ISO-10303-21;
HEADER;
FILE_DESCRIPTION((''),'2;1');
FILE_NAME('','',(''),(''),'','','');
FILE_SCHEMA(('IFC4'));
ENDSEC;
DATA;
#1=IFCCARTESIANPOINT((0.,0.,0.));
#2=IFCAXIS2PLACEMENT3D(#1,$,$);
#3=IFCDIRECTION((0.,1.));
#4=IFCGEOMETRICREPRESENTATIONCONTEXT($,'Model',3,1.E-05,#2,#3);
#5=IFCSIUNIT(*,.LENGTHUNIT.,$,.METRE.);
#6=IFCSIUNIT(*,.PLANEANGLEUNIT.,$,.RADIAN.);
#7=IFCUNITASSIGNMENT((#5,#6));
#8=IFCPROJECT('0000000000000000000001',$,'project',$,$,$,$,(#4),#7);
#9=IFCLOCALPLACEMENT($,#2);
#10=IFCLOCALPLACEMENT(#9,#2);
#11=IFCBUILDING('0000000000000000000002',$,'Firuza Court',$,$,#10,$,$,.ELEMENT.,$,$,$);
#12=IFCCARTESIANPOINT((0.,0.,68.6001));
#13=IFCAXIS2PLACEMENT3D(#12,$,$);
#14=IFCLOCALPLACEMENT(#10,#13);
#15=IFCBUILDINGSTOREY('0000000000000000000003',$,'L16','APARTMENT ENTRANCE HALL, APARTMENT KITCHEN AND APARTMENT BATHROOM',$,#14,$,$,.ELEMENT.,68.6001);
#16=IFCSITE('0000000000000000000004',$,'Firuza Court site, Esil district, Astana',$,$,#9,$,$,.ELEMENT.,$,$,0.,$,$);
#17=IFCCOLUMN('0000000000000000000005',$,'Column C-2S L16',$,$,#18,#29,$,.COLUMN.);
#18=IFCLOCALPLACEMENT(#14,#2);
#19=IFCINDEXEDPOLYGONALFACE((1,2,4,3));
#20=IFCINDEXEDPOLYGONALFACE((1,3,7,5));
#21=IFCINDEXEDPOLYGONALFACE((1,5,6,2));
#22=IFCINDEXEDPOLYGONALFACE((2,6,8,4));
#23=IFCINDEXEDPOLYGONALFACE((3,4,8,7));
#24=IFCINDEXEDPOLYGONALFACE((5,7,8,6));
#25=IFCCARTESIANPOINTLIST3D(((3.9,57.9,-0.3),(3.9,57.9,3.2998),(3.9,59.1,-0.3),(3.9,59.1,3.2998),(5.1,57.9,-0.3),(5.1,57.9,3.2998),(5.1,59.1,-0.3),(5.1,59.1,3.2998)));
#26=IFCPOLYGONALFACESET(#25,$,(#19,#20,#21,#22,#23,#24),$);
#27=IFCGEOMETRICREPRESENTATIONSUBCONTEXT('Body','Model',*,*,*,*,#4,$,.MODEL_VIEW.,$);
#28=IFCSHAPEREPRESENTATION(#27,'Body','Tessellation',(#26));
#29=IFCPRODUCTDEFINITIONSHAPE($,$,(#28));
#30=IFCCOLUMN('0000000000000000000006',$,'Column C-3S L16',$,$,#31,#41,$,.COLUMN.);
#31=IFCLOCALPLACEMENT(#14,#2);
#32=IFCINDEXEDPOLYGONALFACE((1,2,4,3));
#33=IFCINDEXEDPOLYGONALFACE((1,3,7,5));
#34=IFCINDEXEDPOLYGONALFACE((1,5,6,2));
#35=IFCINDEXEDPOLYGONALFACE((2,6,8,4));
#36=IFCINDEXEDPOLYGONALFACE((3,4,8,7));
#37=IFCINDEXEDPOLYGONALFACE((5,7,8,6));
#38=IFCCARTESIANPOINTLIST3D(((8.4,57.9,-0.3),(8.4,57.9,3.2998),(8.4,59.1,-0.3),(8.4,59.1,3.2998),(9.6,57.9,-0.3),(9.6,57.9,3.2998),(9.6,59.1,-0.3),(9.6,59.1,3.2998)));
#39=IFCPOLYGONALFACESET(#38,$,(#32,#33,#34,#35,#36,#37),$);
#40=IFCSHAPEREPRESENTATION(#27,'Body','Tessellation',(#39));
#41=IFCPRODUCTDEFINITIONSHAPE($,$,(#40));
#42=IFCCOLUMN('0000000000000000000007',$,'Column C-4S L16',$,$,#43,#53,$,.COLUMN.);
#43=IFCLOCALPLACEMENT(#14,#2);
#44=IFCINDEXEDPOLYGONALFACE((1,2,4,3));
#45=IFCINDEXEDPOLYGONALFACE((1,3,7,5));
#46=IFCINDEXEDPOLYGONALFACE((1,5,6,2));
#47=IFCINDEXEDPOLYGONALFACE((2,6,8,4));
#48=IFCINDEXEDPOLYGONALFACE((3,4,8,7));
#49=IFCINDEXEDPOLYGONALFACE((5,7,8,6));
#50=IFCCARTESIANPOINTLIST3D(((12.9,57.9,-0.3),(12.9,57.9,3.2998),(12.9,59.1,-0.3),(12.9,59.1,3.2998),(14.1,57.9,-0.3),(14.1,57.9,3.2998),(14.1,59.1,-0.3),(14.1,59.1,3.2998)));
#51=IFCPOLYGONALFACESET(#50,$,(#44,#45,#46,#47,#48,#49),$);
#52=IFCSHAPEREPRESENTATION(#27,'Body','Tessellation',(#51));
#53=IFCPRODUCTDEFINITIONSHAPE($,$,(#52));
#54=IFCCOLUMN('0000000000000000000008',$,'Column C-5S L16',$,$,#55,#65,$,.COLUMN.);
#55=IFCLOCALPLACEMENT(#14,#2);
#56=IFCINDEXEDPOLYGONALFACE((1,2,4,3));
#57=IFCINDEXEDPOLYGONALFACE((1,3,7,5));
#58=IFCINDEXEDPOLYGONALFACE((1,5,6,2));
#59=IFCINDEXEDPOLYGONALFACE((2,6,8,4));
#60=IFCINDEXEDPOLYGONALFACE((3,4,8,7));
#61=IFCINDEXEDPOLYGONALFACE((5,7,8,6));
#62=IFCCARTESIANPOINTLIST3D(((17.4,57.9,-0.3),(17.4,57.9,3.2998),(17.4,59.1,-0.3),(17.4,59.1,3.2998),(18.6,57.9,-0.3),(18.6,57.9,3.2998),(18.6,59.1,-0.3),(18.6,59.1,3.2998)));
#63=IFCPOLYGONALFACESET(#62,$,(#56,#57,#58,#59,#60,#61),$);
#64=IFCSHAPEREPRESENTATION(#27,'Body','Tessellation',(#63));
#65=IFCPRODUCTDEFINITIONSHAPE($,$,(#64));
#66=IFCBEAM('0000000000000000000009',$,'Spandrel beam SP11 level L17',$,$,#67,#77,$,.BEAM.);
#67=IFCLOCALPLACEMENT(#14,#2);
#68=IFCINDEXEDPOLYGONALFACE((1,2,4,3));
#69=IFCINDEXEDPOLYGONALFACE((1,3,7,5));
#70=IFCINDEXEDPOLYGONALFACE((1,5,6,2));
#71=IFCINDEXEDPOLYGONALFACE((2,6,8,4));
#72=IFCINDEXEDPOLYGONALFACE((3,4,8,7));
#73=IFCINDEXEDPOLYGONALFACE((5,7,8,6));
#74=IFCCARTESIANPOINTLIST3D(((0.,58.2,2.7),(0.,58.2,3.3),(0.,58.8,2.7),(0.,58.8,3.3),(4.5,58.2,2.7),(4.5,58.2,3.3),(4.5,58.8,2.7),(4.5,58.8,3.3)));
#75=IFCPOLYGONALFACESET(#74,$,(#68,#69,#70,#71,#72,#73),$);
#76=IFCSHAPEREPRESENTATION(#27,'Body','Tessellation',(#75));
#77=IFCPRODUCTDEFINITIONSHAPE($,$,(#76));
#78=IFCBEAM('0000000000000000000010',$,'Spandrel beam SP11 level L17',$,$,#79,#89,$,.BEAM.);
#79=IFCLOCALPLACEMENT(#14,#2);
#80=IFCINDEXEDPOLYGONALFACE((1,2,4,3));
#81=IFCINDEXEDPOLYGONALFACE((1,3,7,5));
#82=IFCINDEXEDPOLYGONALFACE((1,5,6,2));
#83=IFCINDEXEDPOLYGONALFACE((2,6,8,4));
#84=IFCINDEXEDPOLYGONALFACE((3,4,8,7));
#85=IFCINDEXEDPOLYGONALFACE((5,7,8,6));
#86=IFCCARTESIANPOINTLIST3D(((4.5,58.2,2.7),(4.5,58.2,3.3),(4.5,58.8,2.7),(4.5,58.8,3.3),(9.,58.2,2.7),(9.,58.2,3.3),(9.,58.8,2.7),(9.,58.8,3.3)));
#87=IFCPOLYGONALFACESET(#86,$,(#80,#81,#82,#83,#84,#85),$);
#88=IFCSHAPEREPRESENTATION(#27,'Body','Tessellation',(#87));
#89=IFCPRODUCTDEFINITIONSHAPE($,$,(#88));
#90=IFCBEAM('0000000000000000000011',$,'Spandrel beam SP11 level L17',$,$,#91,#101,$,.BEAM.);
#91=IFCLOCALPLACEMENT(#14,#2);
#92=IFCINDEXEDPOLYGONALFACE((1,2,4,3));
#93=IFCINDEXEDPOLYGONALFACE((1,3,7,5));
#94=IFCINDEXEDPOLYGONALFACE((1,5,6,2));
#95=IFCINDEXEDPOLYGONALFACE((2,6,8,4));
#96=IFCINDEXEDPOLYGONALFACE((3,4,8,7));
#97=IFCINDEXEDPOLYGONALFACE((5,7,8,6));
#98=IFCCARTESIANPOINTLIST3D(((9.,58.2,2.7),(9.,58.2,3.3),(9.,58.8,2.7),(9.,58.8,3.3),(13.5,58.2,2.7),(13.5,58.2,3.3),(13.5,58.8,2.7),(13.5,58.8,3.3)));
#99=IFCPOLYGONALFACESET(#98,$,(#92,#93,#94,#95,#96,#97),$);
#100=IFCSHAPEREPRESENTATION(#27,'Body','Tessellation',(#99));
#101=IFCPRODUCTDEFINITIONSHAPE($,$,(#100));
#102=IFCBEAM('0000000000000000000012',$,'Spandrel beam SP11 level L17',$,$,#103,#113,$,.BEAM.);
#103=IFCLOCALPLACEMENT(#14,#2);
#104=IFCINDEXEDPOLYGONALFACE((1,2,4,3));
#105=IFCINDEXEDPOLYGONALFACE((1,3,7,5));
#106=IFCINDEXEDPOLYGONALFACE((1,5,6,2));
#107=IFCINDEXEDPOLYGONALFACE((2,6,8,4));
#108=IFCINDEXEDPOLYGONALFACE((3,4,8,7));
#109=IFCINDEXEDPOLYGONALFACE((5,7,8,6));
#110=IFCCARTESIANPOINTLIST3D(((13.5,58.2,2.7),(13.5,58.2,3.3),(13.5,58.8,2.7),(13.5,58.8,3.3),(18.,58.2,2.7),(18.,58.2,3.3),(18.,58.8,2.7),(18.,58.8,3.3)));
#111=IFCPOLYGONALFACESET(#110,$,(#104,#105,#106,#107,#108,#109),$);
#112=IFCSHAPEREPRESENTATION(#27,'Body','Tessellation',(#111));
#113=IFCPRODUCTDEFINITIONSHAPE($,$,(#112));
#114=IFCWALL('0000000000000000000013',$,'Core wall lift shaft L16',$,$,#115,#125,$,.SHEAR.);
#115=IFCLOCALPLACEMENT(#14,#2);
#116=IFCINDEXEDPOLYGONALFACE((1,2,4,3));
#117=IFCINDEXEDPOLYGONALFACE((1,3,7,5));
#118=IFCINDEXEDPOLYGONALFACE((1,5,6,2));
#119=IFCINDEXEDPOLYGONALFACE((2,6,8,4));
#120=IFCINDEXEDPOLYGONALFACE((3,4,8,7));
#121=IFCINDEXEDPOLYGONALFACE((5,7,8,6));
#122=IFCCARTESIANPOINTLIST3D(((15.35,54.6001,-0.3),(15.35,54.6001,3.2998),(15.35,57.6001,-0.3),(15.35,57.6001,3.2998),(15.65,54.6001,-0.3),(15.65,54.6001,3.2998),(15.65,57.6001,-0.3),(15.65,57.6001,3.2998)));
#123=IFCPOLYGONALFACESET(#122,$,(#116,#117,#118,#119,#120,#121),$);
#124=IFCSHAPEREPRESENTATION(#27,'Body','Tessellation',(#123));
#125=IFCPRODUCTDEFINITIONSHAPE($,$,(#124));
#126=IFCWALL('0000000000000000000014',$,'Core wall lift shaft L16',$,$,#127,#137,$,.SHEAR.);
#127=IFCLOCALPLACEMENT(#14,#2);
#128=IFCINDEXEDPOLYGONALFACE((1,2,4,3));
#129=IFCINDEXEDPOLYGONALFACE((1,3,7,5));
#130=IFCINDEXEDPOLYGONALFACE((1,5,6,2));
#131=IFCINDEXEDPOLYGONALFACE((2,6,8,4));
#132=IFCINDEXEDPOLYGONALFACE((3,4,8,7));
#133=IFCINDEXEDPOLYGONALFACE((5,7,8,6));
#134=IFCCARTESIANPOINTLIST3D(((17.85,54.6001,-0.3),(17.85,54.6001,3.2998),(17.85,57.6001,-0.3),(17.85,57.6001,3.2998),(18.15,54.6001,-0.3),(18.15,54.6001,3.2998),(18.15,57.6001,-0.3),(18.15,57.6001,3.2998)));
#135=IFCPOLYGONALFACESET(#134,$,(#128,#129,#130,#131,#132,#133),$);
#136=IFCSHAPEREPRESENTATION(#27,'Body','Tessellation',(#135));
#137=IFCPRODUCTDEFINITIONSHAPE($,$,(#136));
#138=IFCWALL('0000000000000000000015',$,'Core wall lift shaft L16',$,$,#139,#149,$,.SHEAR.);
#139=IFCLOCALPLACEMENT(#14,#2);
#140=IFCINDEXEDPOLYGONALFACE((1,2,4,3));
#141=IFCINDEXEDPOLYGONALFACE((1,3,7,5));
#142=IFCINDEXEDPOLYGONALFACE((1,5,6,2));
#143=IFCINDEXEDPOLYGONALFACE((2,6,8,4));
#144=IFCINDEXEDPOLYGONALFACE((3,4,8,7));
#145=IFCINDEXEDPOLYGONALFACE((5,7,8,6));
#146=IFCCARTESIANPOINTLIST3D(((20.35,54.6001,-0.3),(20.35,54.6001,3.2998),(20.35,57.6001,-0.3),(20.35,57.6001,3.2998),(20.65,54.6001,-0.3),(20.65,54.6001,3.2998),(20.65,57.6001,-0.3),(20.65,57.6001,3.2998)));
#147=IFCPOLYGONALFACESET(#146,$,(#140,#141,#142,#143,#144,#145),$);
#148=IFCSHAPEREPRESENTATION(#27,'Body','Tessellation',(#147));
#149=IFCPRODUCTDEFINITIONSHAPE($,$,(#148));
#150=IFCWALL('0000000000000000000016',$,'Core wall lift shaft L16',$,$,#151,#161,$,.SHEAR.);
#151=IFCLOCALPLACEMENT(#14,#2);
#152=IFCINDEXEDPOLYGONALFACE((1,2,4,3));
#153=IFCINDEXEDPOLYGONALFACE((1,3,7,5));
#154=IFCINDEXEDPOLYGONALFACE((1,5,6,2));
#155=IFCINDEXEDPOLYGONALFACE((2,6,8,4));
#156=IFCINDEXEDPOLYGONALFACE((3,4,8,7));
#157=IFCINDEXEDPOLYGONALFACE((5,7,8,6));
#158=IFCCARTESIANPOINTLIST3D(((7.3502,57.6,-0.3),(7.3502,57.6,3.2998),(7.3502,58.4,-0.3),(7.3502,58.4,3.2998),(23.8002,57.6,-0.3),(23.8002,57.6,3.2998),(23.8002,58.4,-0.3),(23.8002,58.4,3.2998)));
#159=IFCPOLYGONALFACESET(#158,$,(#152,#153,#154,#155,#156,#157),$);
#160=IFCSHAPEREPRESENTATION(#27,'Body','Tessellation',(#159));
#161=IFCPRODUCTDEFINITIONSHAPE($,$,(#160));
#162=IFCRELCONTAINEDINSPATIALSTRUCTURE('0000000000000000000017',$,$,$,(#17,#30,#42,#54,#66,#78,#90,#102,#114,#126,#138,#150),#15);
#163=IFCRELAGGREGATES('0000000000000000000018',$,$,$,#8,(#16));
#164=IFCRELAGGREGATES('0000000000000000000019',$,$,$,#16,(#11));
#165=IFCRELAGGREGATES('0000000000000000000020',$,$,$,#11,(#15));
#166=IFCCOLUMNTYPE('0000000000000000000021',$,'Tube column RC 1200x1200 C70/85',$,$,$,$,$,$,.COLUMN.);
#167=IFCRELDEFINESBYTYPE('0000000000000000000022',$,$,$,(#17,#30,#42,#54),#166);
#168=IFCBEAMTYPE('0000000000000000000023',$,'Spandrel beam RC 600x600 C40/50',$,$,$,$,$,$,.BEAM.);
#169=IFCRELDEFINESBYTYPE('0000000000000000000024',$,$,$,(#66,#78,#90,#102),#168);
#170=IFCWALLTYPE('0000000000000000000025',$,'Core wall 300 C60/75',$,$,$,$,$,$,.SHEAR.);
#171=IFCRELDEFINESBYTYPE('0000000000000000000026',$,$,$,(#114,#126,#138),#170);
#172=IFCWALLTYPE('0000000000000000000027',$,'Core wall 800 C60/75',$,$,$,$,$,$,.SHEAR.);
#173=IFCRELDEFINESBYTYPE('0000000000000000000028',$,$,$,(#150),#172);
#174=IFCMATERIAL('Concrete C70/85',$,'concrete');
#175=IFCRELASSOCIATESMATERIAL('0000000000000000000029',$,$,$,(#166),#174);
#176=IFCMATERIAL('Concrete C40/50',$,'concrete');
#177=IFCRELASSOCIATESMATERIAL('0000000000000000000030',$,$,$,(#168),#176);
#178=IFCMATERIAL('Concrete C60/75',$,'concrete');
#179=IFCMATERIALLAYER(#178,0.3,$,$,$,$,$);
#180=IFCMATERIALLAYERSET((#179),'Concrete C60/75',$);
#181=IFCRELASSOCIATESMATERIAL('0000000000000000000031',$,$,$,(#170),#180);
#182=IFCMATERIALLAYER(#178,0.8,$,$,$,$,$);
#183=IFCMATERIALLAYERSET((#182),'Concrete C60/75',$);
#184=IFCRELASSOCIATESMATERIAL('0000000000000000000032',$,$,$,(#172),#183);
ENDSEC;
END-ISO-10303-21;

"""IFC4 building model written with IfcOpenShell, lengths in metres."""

from ifc_helpers import new_model, si_unit, direction, frame, frame_2d, origin, origin_2d, place, context, subcontext, project, spatial, rectangle, extrude, material, layer, layer_set, material_profile, profile_set, type_object, element, save


model = new_model("IFC4")

# Units and contexts
model_context = context("Model", 3, precision=1e-05, world=origin(), true_north=direction((0.0, 1.0)))
body_context = subcontext(model_context, "Body", "Model", "MODEL_VIEW")
ifc_project = project(units=[si_unit("LENGTHUNIT", "METRE"), si_unit("PLANEANGLEUNIT", "RADIAN")], contexts=[model_context])

# Site, building, storey
site_placement = place(None, origin())
site = spatial("IfcSite", under=ifc_project, at=site_placement, Name="Firuza Court site, Esil district, Astana", CompositionType="ELEMENT", RefElevation=0.0)
building_placement = place(site_placement, origin())
building = spatial("IfcBuilding", under=site, at=building_placement, Name="Firuza Court", CompositionType="ELEMENT")
storey_placement = place(building_placement, frame((0.0, 0.0, 68.6001)))
storey = spatial("IfcBuildingStorey", under=building, at=storey_placement, Name="L16", Description="APARTMENT ENTRANCE HALL, APARTMENT KITCHEN AND APARTMENT BATHROOM", CompositionType="ELEMENT", Elevation=68.6001)

# Columns
ifc_material_1 = material(Name="Concrete C70/85", Category="concrete")
ifc_material_profile_1 = material_profile(ifc_material_1, rectangle(XDim=1.2, YDim=1.2, at=origin_2d()), Name="RC 1200x1200")
ifc_profile_set_1 = profile_set([ifc_material_profile_1], Name="Concrete C70/85")
column_type = type_object("IfcColumnType", Name="Tube column RC 1200x1200 C70/85", PredefinedType="COLUMN", material=ifc_profile_set_1)
for number, where, z_axis, x_axis, name in (
    (1, (4.5, 58.5, -0.3), (0.0, 0.0, 1.0), (1.0, 0.0, 0.0), "Column C-2S L16"),
    (2, (9.0, 58.5, -0.3), (0.0, 0.0, 1.0), (1.0, 0.0, 0.0), "Column C-3S L16"),
    (3, (13.5, 58.5, -0.3), (0.0, 0.0, 1.0), (1.0, 0.0, 0.0), "Column C-4S L16"),
    (4, (18.0, 58.5, -0.3), (0.0, 0.0, 1.0), (1.0, 0.0, 0.0), "Column C-5S L16"),
):
    element("IfcColumn", number, at=place(storey_placement, frame(where, z_axis=z_axis, x_axis=x_axis)), inside=storey, type_object=column_type, Name=name, PredefinedType="COLUMN", context=body_context, shape_type="SweptSolid", body=[
        extrude(rectangle(XDim=1.2, YDim=1.2, at=origin_2d()), origin(), (0.0, 0.0, 1.0), 3.5999),
    ])

# Beams
ifc_material_2 = material(Name="Concrete C40/50", Category="concrete")
ifc_material_profile_2 = material_profile(ifc_material_2, rectangle(XDim=0.6001, YDim=0.6001, at=origin_2d()), Name="RC 600x600")
ifc_profile_set_2 = profile_set([ifc_material_profile_2], Name="Concrete C40/50")
beam_type = type_object("IfcBeamType", Name="Spandrel beam RC 600x600 C40/50", PredefinedType="BEAM", material=ifc_profile_set_2)
for number, where, z_axis, x_axis, name in (
    (5, (4.5, 58.5, 3.0), (-1.0, 0.0, 0.0), (0.0, -1.0, 0.0), "Spandrel beam SP11 level L17"),
    (6, (9.0, 58.5, 3.0), (-1.0, 0.0, 0.0), (0.0, -1.0, 0.0), "Spandrel beam SP11 level L17"),
    (7, (13.5, 58.5, 3.0), (-1.0, 0.0, 0.0), (0.0, -1.0, 0.0), "Spandrel beam SP11 level L17"),
    (8, (18.0, 58.5, 3.0), (-1.0, 0.0, 0.0), (0.0, -1.0, 0.0), "Spandrel beam SP11 level L17"),
):
    element("IfcBeam", number, at=place(storey_placement, frame(where, z_axis=z_axis, x_axis=x_axis)), inside=storey, type_object=beam_type, Name=name, PredefinedType="BEAM", context=body_context, shape_type="SweptSolid", body=[
        extrude(rectangle(XDim=0.6001, YDim=0.6001, at=origin_2d()), origin(), (0.0, 0.0, 1.0), 4.5),
    ])

# Walls
ifc_material_3 = material(Name="Concrete C60/75", Category="concrete")
ifc_layer_1 = layer(ifc_material_3, 0.3)
ifc_layer_set_1 = layer_set([ifc_layer_1], Name="Concrete C60/75")
wall_type_1 = type_object("IfcWallType", Name="Core wall 300 C60/75", PredefinedType="SHEAR", material=ifc_layer_set_1)
for number, where, z_axis, x_axis, name in (
    (9, (15.5, 54.6001, -0.3), (0.0, 0.0, 1.0), (0.0, 1.0, 0.0), "Core wall lift shaft L16"),
    (10, (18.0, 54.6001, -0.3), (0.0, 0.0, 1.0), (0.0, 1.0, 0.0), "Core wall lift shaft L16"),
    (11, (20.5, 54.6001, -0.3), (0.0, 0.0, 1.0), (0.0, 1.0, 0.0), "Core wall lift shaft L16"),
):
    element("IfcWall", number, at=place(storey_placement, frame(where, z_axis=z_axis, x_axis=x_axis)), inside=storey, type_object=wall_type_1, Name=name, PredefinedType="SHEAR", context=body_context, shape_type="SweptSolid", body=[
        extrude(rectangle(XDim=3.0, YDim=0.3, at=frame_2d((1.5, 0.0))), origin(), (0.0, 0.0, 1.0), 3.5999),
    ])
ifc_layer_2 = layer(ifc_material_3, 0.8)
ifc_layer_set_2 = layer_set([ifc_layer_2], Name="Concrete C60/75")
wall_type_2 = type_object("IfcWallType", Name="Core wall 800 C60/75", PredefinedType="SHEAR", material=ifc_layer_set_2)
wall_placement = place(storey_placement, frame((7.3501, 58.0, -0.3), z_axis=(0.0, 0.0, 1.0), x_axis=(1.0, 0.0, 0.0)))
element("IfcWall", 12, at=wall_placement, inside=storey, type_object=wall_type_2, Name="Core wall lift shaft L16", PredefinedType="SHEAR", context=body_context, shape_type="SweptSolid", body=[
    extrude(rectangle(XDim=16.45, YDim=0.8, at=frame_2d((8.2251, 0.0))), origin(), (0.0, 0.0, 1.0), 3.5999),
])

save(model, "model.ifc")
